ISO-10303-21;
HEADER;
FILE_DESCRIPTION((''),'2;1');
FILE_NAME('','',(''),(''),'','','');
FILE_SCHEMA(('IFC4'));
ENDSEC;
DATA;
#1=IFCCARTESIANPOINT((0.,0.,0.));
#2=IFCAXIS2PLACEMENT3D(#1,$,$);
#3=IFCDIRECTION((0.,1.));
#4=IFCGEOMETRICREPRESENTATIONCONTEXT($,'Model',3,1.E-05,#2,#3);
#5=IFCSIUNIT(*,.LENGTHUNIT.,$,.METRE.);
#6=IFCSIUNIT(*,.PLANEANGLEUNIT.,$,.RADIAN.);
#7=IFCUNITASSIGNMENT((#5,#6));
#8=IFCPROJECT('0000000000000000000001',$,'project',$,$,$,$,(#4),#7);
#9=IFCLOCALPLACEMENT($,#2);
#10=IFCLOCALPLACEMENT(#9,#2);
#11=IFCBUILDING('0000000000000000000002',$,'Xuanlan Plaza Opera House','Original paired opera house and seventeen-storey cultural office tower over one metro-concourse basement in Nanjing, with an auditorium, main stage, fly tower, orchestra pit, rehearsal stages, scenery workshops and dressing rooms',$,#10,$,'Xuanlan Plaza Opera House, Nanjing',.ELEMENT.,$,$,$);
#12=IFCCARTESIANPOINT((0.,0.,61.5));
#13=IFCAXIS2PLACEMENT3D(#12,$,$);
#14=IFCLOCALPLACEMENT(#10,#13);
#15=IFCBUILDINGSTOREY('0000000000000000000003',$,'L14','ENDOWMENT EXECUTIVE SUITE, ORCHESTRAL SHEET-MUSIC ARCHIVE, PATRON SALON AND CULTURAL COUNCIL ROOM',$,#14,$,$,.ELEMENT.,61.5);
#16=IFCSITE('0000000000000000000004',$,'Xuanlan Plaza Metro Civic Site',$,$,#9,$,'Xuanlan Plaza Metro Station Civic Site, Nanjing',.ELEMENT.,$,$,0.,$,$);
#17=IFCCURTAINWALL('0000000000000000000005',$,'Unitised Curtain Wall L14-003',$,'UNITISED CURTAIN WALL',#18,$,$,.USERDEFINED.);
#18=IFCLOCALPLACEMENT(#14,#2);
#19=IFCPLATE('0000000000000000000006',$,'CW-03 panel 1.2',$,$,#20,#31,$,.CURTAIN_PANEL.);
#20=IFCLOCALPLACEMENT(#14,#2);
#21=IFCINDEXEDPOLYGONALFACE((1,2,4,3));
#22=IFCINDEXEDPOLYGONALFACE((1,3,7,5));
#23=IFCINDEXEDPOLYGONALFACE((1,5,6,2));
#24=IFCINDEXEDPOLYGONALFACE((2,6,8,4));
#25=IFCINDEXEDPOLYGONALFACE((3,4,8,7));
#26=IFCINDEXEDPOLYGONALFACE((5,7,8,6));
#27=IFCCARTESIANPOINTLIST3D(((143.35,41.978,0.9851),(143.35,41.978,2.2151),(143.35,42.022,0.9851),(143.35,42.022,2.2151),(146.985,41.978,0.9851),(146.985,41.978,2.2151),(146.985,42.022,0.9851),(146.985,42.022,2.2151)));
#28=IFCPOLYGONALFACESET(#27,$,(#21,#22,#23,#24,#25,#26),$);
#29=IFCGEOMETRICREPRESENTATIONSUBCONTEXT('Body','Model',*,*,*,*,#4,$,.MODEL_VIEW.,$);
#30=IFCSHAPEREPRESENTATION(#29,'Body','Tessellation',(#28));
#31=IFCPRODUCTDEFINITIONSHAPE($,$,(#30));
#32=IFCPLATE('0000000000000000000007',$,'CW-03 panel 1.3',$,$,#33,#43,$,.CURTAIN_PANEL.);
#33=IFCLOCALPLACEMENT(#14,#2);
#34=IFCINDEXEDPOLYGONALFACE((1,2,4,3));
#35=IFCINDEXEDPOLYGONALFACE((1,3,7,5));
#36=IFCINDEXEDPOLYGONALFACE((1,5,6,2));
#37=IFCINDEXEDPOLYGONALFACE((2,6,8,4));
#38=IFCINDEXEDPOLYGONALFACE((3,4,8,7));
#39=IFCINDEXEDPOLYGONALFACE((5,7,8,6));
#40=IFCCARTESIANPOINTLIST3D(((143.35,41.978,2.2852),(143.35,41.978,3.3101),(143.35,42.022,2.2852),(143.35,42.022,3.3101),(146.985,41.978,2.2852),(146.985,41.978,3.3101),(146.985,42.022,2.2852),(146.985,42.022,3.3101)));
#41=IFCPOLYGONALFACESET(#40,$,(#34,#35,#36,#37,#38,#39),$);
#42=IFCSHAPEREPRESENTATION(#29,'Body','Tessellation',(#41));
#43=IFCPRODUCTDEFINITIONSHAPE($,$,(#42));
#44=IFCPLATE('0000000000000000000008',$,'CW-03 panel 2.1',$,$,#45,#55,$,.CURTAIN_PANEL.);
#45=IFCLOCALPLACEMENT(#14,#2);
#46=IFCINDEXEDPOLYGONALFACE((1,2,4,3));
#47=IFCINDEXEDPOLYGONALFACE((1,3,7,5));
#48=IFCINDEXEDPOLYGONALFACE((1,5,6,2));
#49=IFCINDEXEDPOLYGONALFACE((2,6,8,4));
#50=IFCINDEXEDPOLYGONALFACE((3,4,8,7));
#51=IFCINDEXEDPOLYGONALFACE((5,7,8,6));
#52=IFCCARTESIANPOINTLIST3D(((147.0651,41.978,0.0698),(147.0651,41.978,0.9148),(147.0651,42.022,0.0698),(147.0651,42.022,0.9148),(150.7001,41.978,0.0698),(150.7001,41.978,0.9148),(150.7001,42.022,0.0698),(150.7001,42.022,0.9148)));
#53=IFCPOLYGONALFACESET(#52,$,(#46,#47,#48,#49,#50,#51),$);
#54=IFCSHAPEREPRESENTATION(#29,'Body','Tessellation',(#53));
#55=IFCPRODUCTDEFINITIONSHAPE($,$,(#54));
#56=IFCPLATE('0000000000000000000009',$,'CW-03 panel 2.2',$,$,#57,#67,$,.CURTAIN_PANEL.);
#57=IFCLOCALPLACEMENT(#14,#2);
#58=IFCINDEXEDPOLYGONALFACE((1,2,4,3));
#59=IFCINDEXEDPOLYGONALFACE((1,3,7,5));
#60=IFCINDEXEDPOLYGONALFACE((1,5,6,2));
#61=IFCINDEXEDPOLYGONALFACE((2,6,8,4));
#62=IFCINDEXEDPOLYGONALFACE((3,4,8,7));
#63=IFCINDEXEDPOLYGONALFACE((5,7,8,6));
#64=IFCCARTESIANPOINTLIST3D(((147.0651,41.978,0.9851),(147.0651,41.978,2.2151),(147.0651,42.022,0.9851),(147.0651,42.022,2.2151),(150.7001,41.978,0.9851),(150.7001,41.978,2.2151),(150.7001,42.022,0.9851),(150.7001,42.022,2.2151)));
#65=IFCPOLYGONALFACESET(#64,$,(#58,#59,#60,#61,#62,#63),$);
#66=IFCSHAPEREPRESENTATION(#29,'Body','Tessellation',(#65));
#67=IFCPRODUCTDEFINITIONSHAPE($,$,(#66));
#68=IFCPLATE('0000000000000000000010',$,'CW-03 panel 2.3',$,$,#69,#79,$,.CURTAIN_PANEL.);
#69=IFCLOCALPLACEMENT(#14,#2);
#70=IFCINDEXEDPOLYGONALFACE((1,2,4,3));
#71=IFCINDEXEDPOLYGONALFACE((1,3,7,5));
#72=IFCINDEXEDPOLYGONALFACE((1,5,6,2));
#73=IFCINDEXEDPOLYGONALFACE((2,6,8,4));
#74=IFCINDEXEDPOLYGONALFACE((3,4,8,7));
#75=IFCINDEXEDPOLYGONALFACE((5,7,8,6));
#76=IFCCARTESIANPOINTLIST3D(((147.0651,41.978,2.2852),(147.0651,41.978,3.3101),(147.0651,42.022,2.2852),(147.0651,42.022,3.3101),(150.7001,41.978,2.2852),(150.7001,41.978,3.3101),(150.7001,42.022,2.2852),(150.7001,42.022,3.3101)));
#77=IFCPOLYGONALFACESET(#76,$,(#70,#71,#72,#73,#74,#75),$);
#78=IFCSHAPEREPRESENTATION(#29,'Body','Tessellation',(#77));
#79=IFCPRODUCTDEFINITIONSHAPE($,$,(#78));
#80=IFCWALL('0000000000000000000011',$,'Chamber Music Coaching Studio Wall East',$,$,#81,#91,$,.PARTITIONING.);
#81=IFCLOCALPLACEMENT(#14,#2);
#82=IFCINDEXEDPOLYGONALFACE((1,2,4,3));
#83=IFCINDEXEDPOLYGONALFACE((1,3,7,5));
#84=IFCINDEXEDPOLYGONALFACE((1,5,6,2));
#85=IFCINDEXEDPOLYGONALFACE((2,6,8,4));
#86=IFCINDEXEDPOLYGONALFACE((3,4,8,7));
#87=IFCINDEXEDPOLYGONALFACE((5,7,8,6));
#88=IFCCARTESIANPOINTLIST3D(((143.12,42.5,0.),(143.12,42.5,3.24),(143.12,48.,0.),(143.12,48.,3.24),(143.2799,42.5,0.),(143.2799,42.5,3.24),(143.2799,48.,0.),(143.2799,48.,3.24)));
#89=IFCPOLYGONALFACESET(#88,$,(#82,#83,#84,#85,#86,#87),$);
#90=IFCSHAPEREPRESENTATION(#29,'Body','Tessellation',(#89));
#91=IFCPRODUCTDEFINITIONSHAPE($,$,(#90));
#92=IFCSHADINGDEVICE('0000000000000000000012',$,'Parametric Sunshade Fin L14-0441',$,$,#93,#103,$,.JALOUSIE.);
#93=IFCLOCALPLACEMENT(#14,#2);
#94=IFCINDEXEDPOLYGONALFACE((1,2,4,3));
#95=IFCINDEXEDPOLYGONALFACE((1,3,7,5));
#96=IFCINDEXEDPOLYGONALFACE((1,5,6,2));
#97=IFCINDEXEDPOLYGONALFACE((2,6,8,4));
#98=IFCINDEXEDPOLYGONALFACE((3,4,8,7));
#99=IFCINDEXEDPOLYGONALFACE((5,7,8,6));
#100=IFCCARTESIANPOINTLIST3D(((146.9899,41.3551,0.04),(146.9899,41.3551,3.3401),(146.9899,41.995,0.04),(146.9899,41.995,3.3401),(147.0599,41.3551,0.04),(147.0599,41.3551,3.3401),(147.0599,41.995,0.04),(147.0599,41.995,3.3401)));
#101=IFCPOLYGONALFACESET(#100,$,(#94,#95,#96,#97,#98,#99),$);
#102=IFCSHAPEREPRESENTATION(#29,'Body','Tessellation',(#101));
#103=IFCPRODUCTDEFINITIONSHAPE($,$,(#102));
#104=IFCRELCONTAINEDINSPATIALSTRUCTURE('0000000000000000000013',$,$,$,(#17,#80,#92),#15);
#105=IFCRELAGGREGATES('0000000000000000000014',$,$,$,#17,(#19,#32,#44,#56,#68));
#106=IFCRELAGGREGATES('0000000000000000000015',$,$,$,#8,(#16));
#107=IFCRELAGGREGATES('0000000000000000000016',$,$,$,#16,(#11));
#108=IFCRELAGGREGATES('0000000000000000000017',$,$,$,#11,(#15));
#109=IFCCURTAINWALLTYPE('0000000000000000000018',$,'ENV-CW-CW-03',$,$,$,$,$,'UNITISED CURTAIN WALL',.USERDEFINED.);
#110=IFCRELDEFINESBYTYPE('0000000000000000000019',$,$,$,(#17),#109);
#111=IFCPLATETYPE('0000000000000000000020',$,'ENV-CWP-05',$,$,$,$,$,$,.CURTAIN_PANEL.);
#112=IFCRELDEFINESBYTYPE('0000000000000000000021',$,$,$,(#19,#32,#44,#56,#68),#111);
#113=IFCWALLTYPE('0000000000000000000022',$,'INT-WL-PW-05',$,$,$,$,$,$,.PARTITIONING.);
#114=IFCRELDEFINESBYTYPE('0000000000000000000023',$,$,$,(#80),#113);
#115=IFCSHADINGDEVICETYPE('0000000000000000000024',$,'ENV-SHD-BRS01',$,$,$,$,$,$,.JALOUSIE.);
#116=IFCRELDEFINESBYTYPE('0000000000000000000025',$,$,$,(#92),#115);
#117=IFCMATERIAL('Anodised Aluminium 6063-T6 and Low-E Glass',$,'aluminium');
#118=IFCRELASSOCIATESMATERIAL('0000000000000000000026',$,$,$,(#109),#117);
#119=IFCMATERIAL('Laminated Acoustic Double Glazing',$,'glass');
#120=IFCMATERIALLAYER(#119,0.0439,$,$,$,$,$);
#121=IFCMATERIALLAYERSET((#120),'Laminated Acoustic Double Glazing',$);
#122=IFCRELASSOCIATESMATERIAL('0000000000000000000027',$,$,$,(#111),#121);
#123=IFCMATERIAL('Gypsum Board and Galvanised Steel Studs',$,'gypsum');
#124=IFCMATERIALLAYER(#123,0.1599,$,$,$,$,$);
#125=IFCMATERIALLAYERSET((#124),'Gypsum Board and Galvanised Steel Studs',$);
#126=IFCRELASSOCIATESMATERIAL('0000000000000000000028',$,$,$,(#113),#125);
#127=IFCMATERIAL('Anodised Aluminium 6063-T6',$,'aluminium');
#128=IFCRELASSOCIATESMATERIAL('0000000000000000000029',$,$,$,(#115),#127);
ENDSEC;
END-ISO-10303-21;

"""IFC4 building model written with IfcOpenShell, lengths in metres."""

from ifc_helpers import new_model, si_unit, direction, frame, frame_2d, origin, origin_2d, place, context, subcontext, project, spatial, rectangle, extrude, material, layer, layer_set, type_object, element, aggregate, save


model = new_model("IFC4")

# Units and contexts
model_context = context("Model", 3, precision=1e-05, world=origin(), true_north=direction((0.0, 1.0)))
body_context = subcontext(model_context, "Body", "Model", "MODEL_VIEW")
ifc_project = project(units=[si_unit("LENGTHUNIT", "METRE"), si_unit("PLANEANGLEUNIT", "RADIAN")], contexts=[model_context])

# Site, building, storey
site_placement = place(None, origin())
site = spatial("IfcSite", under=ifc_project, at=site_placement, Name="Xuanlan Plaza Metro Civic Site", LongName="Xuanlan Plaza Metro Station Civic Site, Nanjing", CompositionType="ELEMENT", RefElevation=0.0)
building_placement = place(site_placement, origin())
building = spatial("IfcBuilding", under=site, at=building_placement, Name="Xuanlan Plaza Opera House", Description="Original paired opera house and seventeen-storey cultural office tower over one metro-concourse basement in Nanjing, with an auditorium, main stage, fly tower, orchestra pit, rehearsal stages, scenery workshops and dressing rooms", LongName="Xuanlan Plaza Opera House, Nanjing", CompositionType="ELEMENT")
storey_placement = place(building_placement, frame((0.0, 0.0, 61.5)))
storey = spatial("IfcBuildingStorey", under=building, at=storey_placement, Name="L14", Description="ENDOWMENT EXECUTIVE SUITE, ORCHESTRAL SHEET-MUSIC ARCHIVE, PATRON SALON AND CULTURAL COUNCIL ROOM", CompositionType="ELEMENT", Elevation=61.5)

# Shared definitions
ifc_material_1 = material(Name="Anodised Aluminium 6063-T6 and Low-E Glass", Category="aluminium")
ifc_material_2 = material(Name="Anodised Aluminium 6063-T6", Category="aluminium")

# Curtain wall
curtain_wall_type_1 = type_object("IfcCurtainWallType", Name="ENV-CW-CW-03", ElementType="UNITISED CURTAIN WALL", PredefinedType="USERDEFINED", material=ifc_material_1)
curtain_wall_1_placement = place(storey_placement, origin())
curtain_wall_1 = element("IfcCurtainWall", 1, at=curtain_wall_1_placement, inside=storey, type_object=curtain_wall_type_1, Name="Unitised Curtain Wall L14-003", ObjectType="UNITISED CURTAIN WALL", PredefinedType="USERDEFINED")

# Plates
ifc_material_3 = material(Name="Laminated Acoustic Double Glazing", Category="glass")
ifc_layer_1 = layer(ifc_material_3, 0.0439)
ifc_layer_set_1 = layer_set([ifc_layer_1], Name="Laminated Acoustic Double Glazing")
plate_type_1 = type_object("IfcPlateType", Name="ENV-CWP-05", PredefinedType="CURTAIN_PANEL", material=ifc_layer_set_1)
plate_1_placement = place(storey_placement, frame((145.1675, 42.0, 0.9851), z_axis=(0.0, 0.0, 1.0), x_axis=(1.0, 0.0, 0.0)))
plate_1 = element("IfcPlate", 2, at=plate_1_placement, type_object=plate_type_1, Name="CW-03 panel 1.2", PredefinedType="CURTAIN_PANEL", context=body_context, shape_type="SweptSolid", body=[
    extrude(rectangle(XDim=3.635, YDim=0.0439, at=origin_2d()), origin(), (0.0, 0.0, 1.0), 1.23),
])
plate_2_placement = place(storey_placement, frame((145.1675, 42.0, 2.2852), z_axis=(0.0, 0.0, 1.0), x_axis=(1.0, 0.0, 0.0)))
plate_2 = element("IfcPlate", 3, at=plate_2_placement, type_object=plate_type_1, Name="CW-03 panel 1.3", PredefinedType="CURTAIN_PANEL", context=body_context, shape_type="SweptSolid", body=[
    extrude(rectangle(XDim=3.635, YDim=0.0439, at=origin_2d()), origin(), (0.0, 0.0, 1.0), 1.0249),
])
plate_3_placement = place(storey_placement, frame((148.8826, 42.0, 0.0698), z_axis=(0.0, 0.0, 1.0), x_axis=(1.0, 0.0, 0.0)))
plate_3 = element("IfcPlate", 4, at=plate_3_placement, type_object=plate_type_1, Name="CW-03 panel 2.1", PredefinedType="CURTAIN_PANEL", context=body_context, shape_type="SweptSolid", body=[
    extrude(rectangle(XDim=3.635, YDim=0.0439, at=origin_2d()), origin(), (0.0, 0.0, 1.0), 0.845),
])
plate_4_placement = place(storey_placement, frame((148.8826, 42.0, 0.9851), z_axis=(0.0, 0.0, 1.0), x_axis=(1.0, 0.0, 0.0)))
plate_4 = element("IfcPlate", 5, at=plate_4_placement, type_object=plate_type_1, Name="CW-03 panel 2.2", PredefinedType="CURTAIN_PANEL", context=body_context, shape_type="SweptSolid", body=[
    extrude(rectangle(XDim=3.635, YDim=0.0439, at=origin_2d()), origin(), (0.0, 0.0, 1.0), 1.23),
])
plate_5_placement = place(storey_placement, frame((148.8826, 42.0, 2.2852), z_axis=(0.0, 0.0, 1.0), x_axis=(1.0, 0.0, 0.0)))
plate_5 = element("IfcPlate", 6, at=plate_5_placement, type_object=plate_type_1, Name="CW-03 panel 2.3", PredefinedType="CURTAIN_PANEL", context=body_context, shape_type="SweptSolid", body=[
    extrude(rectangle(XDim=3.635, YDim=0.0439, at=origin_2d()), origin(), (0.0, 0.0, 1.0), 1.0249),
])
aggregate(curtain_wall_1, [plate_1, plate_2, plate_3, plate_4, plate_5])

# Wall
ifc_material_4 = material(Name="Gypsum Board and Galvanised Steel Studs", Category="gypsum")
ifc_layer_2 = layer(ifc_material_4, 0.1599)
ifc_layer_set_2 = layer_set([ifc_layer_2], Name="Gypsum Board and Galvanised Steel Studs")
wall_type = type_object("IfcWallType", Name="INT-WL-PW-05", PredefinedType="PARTITIONING", material=ifc_layer_set_2)
wall_placement = place(storey_placement, frame((143.2, 42.5, 0.0), z_axis=(0.0, 0.0, 1.0), x_axis=(0.0, 1.0, 0.0)))
element("IfcWall", 7, at=wall_placement, inside=storey, type_object=wall_type, Name="Chamber Music Coaching Studio Wall East", PredefinedType="PARTITIONING", context=body_context, shape_type="SweptSolid", body=[
    extrude(rectangle(XDim=5.5, YDim=0.1599, at=frame_2d((2.75, 0.0))), origin(), (0.0, 0.0, 1.0), 3.24),
])

# Shading device
shading_device_type = type_object("IfcShadingDeviceType", Name="ENV-SHD-BRS01", PredefinedType="JALOUSIE", material=ifc_material_2)
shading_device_placement = place(storey_placement, frame((147.0249, 41.675, 0.04), z_axis=(0.0, 0.0, 1.0), x_axis=(0.0, -1.0, 0.0)))
element("IfcShadingDevice", 8, at=shading_device_placement, inside=storey, type_object=shading_device_type, Name="Parametric Sunshade Fin L14-0441", PredefinedType="JALOUSIE", context=body_context, shape_type="SweptSolid", body=[
    extrude(rectangle(XDim=0.6399, YDim=0.0701, at=origin_2d()), origin(), (0.0, 0.0, 1.0), 3.3),
])

save(model, "model.ifc")
